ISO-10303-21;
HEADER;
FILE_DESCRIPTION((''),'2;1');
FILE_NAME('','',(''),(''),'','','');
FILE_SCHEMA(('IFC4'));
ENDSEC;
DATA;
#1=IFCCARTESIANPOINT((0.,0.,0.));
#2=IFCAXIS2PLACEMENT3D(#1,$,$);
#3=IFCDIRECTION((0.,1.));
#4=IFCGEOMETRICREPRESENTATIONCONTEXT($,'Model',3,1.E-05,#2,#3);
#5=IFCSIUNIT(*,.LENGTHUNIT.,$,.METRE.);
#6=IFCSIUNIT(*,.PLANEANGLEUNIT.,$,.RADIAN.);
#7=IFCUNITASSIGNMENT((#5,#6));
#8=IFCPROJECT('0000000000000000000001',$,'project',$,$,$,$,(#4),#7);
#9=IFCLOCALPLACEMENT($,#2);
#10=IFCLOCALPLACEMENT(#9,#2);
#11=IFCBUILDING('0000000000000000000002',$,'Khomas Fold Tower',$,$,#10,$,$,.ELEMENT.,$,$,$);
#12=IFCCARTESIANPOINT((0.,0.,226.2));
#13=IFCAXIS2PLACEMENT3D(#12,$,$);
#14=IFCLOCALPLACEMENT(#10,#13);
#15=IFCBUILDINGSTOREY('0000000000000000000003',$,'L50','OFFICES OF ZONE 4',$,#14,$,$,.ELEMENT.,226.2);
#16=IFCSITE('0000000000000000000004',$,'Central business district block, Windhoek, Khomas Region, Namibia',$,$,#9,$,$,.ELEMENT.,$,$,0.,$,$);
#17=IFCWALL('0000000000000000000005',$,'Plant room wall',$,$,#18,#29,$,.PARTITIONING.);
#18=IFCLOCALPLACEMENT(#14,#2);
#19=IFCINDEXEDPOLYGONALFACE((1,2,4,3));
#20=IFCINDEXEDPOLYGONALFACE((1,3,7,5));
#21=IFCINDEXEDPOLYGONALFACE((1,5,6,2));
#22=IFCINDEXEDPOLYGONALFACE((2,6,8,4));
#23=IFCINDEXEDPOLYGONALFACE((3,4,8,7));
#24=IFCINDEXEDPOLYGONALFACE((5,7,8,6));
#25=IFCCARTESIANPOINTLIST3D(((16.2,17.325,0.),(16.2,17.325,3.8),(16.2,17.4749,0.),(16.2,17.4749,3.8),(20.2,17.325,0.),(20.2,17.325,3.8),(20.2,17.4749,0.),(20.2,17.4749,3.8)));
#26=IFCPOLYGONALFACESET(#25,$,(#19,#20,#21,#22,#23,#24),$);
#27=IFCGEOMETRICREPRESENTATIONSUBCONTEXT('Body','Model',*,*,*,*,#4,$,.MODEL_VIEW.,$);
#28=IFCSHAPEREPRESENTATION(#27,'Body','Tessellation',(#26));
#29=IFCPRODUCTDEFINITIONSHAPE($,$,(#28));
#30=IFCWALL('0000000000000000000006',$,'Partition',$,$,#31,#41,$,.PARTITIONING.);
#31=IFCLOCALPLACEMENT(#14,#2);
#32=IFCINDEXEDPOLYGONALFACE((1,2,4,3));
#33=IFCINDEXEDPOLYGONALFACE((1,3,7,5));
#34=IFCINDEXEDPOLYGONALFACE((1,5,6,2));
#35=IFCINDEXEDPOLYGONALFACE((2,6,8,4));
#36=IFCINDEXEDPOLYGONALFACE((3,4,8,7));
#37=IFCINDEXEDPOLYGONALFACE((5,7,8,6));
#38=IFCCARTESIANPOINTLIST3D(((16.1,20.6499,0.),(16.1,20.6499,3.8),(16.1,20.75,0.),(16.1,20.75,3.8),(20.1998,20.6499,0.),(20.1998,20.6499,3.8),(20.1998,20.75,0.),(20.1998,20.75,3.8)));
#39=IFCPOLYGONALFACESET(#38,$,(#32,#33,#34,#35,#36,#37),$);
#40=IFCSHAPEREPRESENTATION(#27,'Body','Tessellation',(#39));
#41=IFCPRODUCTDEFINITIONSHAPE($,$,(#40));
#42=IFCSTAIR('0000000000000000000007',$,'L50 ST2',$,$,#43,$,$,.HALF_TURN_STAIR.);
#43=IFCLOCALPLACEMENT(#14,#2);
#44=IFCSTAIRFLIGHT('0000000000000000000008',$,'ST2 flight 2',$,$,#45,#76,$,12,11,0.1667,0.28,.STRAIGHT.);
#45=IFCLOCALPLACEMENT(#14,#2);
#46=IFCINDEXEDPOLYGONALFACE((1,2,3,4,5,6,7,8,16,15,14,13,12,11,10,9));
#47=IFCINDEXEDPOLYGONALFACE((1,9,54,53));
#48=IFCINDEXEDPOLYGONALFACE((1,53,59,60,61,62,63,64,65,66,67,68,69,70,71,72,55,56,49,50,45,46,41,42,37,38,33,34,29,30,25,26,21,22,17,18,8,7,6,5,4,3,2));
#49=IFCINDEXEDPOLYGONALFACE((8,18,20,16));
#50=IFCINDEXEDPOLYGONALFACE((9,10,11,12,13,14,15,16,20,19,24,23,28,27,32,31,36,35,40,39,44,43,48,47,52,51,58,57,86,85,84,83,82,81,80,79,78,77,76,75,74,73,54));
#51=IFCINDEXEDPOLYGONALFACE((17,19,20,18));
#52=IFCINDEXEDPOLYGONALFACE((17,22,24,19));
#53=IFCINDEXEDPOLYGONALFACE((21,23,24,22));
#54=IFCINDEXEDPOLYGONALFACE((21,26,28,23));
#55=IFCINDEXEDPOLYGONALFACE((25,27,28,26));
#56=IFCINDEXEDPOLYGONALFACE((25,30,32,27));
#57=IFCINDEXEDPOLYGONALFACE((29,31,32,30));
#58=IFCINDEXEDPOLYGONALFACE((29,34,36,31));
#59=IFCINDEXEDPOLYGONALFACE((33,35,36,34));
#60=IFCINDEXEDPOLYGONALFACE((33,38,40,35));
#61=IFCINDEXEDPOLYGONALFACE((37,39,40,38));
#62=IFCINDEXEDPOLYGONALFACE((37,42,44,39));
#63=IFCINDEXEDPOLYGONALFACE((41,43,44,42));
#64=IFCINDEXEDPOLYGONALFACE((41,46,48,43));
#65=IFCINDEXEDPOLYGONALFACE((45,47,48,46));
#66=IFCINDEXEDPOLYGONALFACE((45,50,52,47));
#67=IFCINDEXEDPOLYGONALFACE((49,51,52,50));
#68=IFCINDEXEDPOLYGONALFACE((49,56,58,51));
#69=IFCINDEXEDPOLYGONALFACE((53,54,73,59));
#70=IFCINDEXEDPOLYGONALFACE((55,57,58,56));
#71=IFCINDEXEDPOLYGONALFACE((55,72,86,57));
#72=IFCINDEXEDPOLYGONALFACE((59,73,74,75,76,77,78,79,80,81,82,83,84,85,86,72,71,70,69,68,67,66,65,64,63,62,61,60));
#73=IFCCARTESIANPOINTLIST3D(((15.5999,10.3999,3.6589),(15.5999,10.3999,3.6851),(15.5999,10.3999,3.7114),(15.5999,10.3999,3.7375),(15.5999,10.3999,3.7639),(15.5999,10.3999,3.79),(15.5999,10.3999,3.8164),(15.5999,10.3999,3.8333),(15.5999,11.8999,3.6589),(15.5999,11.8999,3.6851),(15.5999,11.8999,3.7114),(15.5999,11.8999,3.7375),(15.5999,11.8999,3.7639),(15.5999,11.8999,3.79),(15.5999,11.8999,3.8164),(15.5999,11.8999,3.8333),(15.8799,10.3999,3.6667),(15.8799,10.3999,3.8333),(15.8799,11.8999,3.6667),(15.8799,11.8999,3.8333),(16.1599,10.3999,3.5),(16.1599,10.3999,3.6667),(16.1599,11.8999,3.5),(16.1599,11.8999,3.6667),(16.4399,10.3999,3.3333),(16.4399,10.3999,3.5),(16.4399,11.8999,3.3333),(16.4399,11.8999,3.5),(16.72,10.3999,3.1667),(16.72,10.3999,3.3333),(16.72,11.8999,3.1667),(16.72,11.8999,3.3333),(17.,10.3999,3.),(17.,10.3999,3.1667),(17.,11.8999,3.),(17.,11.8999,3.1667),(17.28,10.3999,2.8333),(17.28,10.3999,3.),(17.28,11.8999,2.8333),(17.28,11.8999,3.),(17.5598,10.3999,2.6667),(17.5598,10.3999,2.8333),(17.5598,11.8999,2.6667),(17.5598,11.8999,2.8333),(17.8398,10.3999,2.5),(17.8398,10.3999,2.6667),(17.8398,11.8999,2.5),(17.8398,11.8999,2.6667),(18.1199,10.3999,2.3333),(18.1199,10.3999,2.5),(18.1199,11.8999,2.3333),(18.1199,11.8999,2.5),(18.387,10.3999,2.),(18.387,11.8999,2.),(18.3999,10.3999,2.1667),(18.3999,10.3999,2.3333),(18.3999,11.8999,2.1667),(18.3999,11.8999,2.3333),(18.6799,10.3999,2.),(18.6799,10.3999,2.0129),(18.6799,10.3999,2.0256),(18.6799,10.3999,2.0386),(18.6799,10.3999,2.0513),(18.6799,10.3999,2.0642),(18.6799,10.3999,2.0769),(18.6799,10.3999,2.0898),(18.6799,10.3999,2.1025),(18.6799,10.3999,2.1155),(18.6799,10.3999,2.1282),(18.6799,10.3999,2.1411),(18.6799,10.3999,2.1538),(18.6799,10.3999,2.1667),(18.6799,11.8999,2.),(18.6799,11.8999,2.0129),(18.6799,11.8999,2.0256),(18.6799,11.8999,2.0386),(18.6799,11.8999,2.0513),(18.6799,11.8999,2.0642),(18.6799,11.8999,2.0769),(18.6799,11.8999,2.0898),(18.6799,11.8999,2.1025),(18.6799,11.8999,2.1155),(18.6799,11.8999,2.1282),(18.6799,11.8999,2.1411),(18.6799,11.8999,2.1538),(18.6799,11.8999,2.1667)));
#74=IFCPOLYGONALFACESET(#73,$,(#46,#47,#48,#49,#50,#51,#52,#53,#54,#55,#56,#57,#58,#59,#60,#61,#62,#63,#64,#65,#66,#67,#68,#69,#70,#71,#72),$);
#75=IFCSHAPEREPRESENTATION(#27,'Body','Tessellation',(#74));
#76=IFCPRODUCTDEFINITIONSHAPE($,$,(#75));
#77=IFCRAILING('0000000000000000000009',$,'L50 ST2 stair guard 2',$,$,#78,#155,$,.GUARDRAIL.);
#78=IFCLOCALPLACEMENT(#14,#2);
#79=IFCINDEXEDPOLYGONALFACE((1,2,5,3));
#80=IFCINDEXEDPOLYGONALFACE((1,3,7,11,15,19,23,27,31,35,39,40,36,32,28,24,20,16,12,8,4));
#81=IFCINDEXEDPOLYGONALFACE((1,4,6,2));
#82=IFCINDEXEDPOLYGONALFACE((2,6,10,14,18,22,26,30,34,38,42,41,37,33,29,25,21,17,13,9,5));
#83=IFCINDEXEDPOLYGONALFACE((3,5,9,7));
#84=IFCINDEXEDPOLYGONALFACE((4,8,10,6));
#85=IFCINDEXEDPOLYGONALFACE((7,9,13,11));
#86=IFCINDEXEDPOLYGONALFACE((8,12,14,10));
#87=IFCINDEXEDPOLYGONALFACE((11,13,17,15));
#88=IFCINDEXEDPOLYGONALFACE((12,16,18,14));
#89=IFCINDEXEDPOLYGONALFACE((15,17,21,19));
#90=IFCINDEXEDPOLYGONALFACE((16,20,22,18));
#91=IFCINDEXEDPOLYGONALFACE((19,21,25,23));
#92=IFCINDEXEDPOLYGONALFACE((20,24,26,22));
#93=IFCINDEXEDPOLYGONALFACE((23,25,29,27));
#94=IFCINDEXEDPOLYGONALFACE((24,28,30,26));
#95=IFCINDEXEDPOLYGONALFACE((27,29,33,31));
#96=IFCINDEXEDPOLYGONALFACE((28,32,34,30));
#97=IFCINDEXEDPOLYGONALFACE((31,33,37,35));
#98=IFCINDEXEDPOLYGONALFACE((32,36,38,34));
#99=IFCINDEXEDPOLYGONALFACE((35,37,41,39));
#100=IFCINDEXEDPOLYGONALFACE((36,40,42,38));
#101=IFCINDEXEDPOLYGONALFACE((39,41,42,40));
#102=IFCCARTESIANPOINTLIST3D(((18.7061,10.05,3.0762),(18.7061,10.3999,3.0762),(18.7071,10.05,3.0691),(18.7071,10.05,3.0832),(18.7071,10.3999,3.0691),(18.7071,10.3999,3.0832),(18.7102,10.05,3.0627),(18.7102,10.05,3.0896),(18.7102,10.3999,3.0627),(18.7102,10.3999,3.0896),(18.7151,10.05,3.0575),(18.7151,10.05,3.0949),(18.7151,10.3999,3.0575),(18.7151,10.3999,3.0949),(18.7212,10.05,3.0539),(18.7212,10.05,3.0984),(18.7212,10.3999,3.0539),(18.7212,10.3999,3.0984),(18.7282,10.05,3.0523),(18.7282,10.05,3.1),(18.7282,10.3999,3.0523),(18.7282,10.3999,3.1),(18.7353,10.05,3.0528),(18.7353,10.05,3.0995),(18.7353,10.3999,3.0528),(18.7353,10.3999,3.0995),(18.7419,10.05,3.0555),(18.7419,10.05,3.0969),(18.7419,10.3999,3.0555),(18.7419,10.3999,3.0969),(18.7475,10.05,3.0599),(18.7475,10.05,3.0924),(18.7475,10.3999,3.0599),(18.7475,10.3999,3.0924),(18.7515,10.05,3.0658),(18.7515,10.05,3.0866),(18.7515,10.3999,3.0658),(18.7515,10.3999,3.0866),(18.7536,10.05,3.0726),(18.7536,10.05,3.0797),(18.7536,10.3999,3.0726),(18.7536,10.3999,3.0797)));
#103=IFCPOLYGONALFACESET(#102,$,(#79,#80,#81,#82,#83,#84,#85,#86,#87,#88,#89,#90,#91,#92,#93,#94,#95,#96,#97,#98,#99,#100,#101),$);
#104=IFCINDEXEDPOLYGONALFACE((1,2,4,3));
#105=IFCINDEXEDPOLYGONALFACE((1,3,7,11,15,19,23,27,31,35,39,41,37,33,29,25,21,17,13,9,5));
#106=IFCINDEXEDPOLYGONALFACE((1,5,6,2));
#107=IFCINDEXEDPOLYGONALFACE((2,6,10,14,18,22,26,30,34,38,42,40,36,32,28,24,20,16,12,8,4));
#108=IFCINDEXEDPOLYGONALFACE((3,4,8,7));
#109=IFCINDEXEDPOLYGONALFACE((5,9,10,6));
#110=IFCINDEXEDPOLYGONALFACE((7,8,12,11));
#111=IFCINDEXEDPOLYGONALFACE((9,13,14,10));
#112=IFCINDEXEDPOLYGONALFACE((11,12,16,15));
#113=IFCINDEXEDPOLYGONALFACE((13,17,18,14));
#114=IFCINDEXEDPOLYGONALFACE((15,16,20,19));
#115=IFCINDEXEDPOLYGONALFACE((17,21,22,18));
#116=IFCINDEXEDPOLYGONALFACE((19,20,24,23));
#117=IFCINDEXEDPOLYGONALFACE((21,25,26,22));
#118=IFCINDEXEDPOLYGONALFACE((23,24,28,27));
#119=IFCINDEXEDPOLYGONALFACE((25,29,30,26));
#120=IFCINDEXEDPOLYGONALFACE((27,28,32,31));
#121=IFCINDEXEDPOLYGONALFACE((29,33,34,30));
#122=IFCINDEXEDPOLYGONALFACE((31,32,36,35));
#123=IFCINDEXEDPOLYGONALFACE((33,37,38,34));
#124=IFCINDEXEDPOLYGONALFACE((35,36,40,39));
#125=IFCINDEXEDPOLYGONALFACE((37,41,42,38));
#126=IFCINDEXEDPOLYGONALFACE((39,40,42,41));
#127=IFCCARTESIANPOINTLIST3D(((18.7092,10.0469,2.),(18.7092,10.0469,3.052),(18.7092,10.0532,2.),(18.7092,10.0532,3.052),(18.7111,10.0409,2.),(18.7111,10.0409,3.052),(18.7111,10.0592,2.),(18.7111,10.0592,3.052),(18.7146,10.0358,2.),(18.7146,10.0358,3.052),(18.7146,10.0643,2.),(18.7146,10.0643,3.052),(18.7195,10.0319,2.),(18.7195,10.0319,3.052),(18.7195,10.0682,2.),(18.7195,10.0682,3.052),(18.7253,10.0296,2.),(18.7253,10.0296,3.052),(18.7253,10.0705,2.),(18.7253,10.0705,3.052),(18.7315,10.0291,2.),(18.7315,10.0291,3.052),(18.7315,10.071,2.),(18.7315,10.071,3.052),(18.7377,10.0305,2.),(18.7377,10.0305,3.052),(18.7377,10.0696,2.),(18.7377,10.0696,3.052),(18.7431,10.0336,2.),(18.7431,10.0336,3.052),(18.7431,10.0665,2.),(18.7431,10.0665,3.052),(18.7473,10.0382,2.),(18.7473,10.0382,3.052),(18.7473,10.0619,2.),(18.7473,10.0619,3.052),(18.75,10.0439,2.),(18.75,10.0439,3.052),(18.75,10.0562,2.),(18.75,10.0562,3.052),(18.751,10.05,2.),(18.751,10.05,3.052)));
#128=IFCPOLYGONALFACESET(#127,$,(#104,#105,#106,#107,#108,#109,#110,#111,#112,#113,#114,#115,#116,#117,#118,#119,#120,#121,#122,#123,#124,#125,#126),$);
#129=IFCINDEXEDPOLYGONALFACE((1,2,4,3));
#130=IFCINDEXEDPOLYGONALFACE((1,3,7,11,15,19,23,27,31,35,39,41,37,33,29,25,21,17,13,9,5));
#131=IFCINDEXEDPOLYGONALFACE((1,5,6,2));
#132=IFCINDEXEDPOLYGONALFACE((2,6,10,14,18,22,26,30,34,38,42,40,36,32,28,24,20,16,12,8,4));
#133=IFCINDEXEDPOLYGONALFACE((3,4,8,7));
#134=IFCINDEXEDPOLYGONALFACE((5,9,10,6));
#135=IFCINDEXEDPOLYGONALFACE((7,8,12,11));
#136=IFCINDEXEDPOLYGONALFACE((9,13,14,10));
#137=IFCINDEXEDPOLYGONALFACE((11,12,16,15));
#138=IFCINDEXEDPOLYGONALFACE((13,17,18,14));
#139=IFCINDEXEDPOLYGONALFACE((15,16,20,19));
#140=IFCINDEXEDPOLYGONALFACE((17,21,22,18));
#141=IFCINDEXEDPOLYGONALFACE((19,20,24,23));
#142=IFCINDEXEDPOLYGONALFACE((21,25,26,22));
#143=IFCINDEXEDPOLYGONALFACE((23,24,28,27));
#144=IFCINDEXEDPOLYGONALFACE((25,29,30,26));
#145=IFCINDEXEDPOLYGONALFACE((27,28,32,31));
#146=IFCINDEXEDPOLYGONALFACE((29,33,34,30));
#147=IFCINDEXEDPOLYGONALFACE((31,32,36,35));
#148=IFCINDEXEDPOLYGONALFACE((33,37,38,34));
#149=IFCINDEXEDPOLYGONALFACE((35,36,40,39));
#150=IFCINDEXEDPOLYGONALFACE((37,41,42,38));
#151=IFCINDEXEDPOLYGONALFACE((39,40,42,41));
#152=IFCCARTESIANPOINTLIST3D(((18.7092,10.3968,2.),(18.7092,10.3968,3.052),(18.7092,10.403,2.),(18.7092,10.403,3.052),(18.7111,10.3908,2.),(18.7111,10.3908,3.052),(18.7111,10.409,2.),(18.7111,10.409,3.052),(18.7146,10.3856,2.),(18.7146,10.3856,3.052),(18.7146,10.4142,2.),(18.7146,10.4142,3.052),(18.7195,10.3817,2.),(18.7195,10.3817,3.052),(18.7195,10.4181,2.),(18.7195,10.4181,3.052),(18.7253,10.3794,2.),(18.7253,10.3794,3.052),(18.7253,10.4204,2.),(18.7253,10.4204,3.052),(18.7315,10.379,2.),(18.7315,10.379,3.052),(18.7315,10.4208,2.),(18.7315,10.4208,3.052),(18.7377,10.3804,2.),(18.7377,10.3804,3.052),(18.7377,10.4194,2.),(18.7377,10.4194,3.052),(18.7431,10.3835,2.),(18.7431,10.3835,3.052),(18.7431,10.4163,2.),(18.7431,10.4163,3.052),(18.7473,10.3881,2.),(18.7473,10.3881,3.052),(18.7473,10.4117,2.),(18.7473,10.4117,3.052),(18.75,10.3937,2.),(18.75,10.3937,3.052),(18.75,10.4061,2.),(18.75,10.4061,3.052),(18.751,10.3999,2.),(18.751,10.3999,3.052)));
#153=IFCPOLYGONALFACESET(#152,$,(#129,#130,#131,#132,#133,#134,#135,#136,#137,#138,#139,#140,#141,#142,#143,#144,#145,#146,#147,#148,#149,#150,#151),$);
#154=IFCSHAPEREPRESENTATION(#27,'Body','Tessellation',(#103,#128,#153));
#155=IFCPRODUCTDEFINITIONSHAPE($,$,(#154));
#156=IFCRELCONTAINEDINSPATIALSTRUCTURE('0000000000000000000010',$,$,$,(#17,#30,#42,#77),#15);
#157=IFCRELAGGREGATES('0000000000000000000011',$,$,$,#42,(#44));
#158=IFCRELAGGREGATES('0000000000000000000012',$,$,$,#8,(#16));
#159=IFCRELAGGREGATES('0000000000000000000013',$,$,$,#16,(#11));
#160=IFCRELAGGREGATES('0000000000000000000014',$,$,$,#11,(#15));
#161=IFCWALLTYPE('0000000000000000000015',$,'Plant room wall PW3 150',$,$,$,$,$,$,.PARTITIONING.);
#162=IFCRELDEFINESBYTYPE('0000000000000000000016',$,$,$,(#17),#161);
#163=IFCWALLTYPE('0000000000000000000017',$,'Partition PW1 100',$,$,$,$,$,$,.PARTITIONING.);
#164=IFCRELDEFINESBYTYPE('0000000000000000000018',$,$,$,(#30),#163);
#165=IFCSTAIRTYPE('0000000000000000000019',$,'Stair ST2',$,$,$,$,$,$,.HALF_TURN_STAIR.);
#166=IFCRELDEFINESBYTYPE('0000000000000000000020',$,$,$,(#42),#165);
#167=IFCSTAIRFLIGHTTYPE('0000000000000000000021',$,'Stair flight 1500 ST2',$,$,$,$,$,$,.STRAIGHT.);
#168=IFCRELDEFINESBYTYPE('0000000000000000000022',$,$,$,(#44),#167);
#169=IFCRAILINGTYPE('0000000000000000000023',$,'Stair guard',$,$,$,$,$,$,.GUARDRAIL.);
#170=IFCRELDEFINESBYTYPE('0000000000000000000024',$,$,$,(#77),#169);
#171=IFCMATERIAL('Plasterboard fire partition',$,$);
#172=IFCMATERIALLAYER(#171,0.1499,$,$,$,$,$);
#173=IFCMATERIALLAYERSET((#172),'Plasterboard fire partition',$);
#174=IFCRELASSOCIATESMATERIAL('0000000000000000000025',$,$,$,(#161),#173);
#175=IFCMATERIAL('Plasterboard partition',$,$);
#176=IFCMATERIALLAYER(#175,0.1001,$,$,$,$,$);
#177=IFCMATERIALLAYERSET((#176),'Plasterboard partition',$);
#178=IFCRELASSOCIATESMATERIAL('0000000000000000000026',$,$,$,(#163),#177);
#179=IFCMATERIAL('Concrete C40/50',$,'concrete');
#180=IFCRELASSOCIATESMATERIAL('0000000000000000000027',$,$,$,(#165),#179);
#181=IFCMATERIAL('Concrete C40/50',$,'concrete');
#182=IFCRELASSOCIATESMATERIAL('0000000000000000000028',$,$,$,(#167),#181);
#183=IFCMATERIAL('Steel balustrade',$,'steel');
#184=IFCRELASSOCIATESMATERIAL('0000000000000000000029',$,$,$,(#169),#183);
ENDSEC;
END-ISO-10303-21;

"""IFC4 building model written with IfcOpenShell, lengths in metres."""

from ifc_helpers import new_model, si_unit, direction, frame, frame_2d, origin, origin_2d, place, context, subcontext, project, spatial, polyline, rectangle, circle, outline, extrude, source, transform, mapped, material, layer, layer_set, type_object, element, aggregate, save


model = new_model("IFC4")

# Units and contexts
model_context = context("Model", 3, precision=1e-05, world=origin(), true_north=direction((0.0, 1.0)))
body_context = subcontext(model_context, "Body", "Model", "MODEL_VIEW")
ifc_project = project(units=[si_unit("LENGTHUNIT", "METRE"), si_unit("PLANEANGLEUNIT", "RADIAN")], contexts=[model_context])

# Site, building, storey
site_placement = place(None, origin())
site = spatial("IfcSite", under=ifc_project, at=site_placement, Name="Central business district block, Windhoek, Khomas Region, Namibia", CompositionType="ELEMENT", RefElevation=0.0)
building_placement = place(site_placement, origin())
building = spatial("IfcBuilding", under=site, at=building_placement, Name="Khomas Fold Tower", CompositionType="ELEMENT")
storey_placement = place(building_placement, frame((0.0, 0.0, 226.2)))
storey = spatial("IfcBuildingStorey", under=building, at=storey_placement, Name="L50", Description="OFFICES OF ZONE 4", CompositionType="ELEMENT", Elevation=226.2)

# Walls
ifc_material_1 = material(Name="Plasterboard fire partition")
ifc_layer_1 = layer(ifc_material_1, 0.1499)
ifc_layer_set_1 = layer_set([ifc_layer_1], Name="Plasterboard fire partition")
wall_type_1 = type_object("IfcWallType", Name="Plant room wall PW3 150", PredefinedType="PARTITIONING", material=ifc_layer_set_1)
shared_shape_1 = source(origin(), body_context, "Body", "SweptSolid", [
    extrude(rectangle(XDim=4.0, YDim=0.1499, at=frame_2d((2.0, 0.0))), origin(), (0.0, 0.0, 1.0), 3.8),
])
wall_1_placement = place(storey_placement, frame((16.2, 17.3999, 0.0), z_axis=(0.0, 0.0, 1.0), x_axis=(1.0, 0.0, 0.0)))
element("IfcWall", 1, at=wall_1_placement, inside=storey, type_object=wall_type_1, Name="Plant room wall", PredefinedType="PARTITIONING", context=body_context, shape_type="MappedRepresentation", body=[
    mapped(shared_shape_1, transform((0.0, 0.0, 0.0))),
])
ifc_material_2 = material(Name="Plasterboard partition")
ifc_layer_2 = layer(ifc_material_2, 0.1001)
ifc_layer_set_2 = layer_set([ifc_layer_2], Name="Plasterboard partition")
wall_type_2 = type_object("IfcWallType", Name="Partition PW1 100", PredefinedType="PARTITIONING", material=ifc_layer_set_2)
shared_shape_2 = source(origin(), body_context, "Body", "SweptSolid", [
    extrude(rectangle(XDim=4.0999, YDim=0.1001, at=frame_2d((2.0498, 0.0))), origin(), (0.0, 0.0, 1.0), 3.8),
])
wall_2_placement = place(storey_placement, frame((16.1001, 20.7, 0.0), z_axis=(0.0, 0.0, 1.0), x_axis=(1.0, 0.0, 0.0)))
element("IfcWall", 2, at=wall_2_placement, inside=storey, type_object=wall_type_2, Name="Partition", PredefinedType="PARTITIONING", context=body_context, shape_type="MappedRepresentation", body=[
    mapped(shared_shape_2, transform((0.0, 0.0, 0.0))),
])

# Stair, stair flight
ifc_material_3 = material(Name="Concrete C40/50", Category="concrete")
stair_type = type_object("IfcStairType", Name="Stair ST2", PredefinedType="HALF_TURN_STAIR", material=ifc_material_3)
stair_placement = place(storey_placement, origin())
stair = element("IfcStair", 3, at=stair_placement, inside=storey, type_object=stair_type, Name="L50 ST2", PredefinedType="HALF_TURN_STAIR")
ifc_material_4 = material(Name="Concrete C40/50", Category="concrete")
stair_flight_type = type_object("IfcStairFlightType", Name="Stair flight 1500 ST2", PredefinedType="STRAIGHT", material=ifc_material_4)
shared_shape_3 = source(origin(), body_context, "Body", "SweptSolid", [
    extrude(outline(polyline([(0.0, 0.0), (0.0, 0.0129), (0.0, 0.0256), (0.0, 0.0386), (0.0, 0.0513), (0.0, 0.0642), (0.0, 0.0769), (0.0, 0.0898), (0.0, 0.1025), (0.0, 0.1155), (0.0, 0.1282), (0.0, 0.1411), (0.0, 0.1538), (0.0, 0.1667), (0.28, 0.1667), (0.28, 0.3333), (0.5601, 0.3333), (0.5601, 0.5), (0.8401, 0.5), (0.8401, 0.6667), (1.1201, 0.6667), (1.1201, 0.8333), (1.3999, 0.8333), (1.3999, 1.0), (1.6799, 1.0), (1.6799, 1.1667), (1.96, 1.1667), (1.96, 1.3333), (2.24, 1.3333), (2.24, 1.5), (2.52, 1.5), (2.52, 1.6667), (2.8, 1.6667), (2.8, 1.8333), (3.0801, 1.8333), (3.0801, 2.0), (3.0801, 1.9739), (3.0801, 1.9475), (3.0801, 1.9214), (3.0801, 1.895), (3.0801, 1.8689), (3.0801, 1.8425), (3.0801, 1.8164), (3.0801, 1.79), (3.0801, 1.7639), (3.0801, 1.7375), (3.0801, 1.7114), (3.0801, 1.6851), (3.0801, 1.6589), (0.293, 0.0), (0.0, 0.0)])), frame((0.0, 0.75, 0.0), z_axis=(0.0, -1.0, 0.0), x_axis=(1.0, 0.0, 0.0)), (0.0, 0.0, 1.0), 1.5),
])
stair_flight_placement = place(storey_placement, frame((18.6799, 11.1499, 2.0), z_axis=(0.0, 0.0, 1.0), x_axis=(-1.0, 0.0, 0.0)))
stair_flight = element("IfcStairFlight", 4, at=stair_flight_placement, type_object=stair_flight_type, Name="ST2 flight 2", NumberOfRisers=12, NumberOfTreads=11, PredefinedType="STRAIGHT", RiserHeight=0.1667, TreadLength=0.28, context=body_context, shape_type="MappedRepresentation", body=[
    mapped(shared_shape_3, transform((0.0, 0.0, 0.0))),
])
aggregate(stair, [stair_flight])

# Railing
ifc_material_5 = material(Name="Steel balustrade", Category="steel")
railing_type_1 = type_object("IfcRailingType", Name="Stair guard", PredefinedType="GUARDRAIL", material=ifc_material_5)
shared_shape_4 = source(origin(), body_context, "Body", "SweptSolid", [
    extrude(circle(Radius=0.0239, at=origin_2d()), frame((0.0, 0.0, 1.0762), z_axis=(0.0, 1.0, 0.0), x_axis=(-1.0, 0.0, 0.0)), (0.0, 0.0, 1.0), 0.3499),
    extrude(circle(Radius=0.021, at=origin_2d()), origin(), (0.0, 0.0, 1.0), 1.052),
    extrude(circle(Radius=0.021, at=origin_2d()), frame((0.0, 0.3499, 0.0)), (0.0, 0.0, 1.0), 1.052),
])
for number, where, name in (
    (5, (18.73, 10.05, 2.0), "L50 ST2 stair guard 2"),
):
    element("IfcRailing", number, at=place(storey_placement, frame(where)), inside=storey, type_object=railing_type_1, Name=name, PredefinedType="GUARDRAIL", context=body_context, shape_type="MappedRepresentation", body=[
        mapped(shared_shape_4, transform((0.0, 0.0, 0.0))),
    ])

save(model, "model.ifc")
